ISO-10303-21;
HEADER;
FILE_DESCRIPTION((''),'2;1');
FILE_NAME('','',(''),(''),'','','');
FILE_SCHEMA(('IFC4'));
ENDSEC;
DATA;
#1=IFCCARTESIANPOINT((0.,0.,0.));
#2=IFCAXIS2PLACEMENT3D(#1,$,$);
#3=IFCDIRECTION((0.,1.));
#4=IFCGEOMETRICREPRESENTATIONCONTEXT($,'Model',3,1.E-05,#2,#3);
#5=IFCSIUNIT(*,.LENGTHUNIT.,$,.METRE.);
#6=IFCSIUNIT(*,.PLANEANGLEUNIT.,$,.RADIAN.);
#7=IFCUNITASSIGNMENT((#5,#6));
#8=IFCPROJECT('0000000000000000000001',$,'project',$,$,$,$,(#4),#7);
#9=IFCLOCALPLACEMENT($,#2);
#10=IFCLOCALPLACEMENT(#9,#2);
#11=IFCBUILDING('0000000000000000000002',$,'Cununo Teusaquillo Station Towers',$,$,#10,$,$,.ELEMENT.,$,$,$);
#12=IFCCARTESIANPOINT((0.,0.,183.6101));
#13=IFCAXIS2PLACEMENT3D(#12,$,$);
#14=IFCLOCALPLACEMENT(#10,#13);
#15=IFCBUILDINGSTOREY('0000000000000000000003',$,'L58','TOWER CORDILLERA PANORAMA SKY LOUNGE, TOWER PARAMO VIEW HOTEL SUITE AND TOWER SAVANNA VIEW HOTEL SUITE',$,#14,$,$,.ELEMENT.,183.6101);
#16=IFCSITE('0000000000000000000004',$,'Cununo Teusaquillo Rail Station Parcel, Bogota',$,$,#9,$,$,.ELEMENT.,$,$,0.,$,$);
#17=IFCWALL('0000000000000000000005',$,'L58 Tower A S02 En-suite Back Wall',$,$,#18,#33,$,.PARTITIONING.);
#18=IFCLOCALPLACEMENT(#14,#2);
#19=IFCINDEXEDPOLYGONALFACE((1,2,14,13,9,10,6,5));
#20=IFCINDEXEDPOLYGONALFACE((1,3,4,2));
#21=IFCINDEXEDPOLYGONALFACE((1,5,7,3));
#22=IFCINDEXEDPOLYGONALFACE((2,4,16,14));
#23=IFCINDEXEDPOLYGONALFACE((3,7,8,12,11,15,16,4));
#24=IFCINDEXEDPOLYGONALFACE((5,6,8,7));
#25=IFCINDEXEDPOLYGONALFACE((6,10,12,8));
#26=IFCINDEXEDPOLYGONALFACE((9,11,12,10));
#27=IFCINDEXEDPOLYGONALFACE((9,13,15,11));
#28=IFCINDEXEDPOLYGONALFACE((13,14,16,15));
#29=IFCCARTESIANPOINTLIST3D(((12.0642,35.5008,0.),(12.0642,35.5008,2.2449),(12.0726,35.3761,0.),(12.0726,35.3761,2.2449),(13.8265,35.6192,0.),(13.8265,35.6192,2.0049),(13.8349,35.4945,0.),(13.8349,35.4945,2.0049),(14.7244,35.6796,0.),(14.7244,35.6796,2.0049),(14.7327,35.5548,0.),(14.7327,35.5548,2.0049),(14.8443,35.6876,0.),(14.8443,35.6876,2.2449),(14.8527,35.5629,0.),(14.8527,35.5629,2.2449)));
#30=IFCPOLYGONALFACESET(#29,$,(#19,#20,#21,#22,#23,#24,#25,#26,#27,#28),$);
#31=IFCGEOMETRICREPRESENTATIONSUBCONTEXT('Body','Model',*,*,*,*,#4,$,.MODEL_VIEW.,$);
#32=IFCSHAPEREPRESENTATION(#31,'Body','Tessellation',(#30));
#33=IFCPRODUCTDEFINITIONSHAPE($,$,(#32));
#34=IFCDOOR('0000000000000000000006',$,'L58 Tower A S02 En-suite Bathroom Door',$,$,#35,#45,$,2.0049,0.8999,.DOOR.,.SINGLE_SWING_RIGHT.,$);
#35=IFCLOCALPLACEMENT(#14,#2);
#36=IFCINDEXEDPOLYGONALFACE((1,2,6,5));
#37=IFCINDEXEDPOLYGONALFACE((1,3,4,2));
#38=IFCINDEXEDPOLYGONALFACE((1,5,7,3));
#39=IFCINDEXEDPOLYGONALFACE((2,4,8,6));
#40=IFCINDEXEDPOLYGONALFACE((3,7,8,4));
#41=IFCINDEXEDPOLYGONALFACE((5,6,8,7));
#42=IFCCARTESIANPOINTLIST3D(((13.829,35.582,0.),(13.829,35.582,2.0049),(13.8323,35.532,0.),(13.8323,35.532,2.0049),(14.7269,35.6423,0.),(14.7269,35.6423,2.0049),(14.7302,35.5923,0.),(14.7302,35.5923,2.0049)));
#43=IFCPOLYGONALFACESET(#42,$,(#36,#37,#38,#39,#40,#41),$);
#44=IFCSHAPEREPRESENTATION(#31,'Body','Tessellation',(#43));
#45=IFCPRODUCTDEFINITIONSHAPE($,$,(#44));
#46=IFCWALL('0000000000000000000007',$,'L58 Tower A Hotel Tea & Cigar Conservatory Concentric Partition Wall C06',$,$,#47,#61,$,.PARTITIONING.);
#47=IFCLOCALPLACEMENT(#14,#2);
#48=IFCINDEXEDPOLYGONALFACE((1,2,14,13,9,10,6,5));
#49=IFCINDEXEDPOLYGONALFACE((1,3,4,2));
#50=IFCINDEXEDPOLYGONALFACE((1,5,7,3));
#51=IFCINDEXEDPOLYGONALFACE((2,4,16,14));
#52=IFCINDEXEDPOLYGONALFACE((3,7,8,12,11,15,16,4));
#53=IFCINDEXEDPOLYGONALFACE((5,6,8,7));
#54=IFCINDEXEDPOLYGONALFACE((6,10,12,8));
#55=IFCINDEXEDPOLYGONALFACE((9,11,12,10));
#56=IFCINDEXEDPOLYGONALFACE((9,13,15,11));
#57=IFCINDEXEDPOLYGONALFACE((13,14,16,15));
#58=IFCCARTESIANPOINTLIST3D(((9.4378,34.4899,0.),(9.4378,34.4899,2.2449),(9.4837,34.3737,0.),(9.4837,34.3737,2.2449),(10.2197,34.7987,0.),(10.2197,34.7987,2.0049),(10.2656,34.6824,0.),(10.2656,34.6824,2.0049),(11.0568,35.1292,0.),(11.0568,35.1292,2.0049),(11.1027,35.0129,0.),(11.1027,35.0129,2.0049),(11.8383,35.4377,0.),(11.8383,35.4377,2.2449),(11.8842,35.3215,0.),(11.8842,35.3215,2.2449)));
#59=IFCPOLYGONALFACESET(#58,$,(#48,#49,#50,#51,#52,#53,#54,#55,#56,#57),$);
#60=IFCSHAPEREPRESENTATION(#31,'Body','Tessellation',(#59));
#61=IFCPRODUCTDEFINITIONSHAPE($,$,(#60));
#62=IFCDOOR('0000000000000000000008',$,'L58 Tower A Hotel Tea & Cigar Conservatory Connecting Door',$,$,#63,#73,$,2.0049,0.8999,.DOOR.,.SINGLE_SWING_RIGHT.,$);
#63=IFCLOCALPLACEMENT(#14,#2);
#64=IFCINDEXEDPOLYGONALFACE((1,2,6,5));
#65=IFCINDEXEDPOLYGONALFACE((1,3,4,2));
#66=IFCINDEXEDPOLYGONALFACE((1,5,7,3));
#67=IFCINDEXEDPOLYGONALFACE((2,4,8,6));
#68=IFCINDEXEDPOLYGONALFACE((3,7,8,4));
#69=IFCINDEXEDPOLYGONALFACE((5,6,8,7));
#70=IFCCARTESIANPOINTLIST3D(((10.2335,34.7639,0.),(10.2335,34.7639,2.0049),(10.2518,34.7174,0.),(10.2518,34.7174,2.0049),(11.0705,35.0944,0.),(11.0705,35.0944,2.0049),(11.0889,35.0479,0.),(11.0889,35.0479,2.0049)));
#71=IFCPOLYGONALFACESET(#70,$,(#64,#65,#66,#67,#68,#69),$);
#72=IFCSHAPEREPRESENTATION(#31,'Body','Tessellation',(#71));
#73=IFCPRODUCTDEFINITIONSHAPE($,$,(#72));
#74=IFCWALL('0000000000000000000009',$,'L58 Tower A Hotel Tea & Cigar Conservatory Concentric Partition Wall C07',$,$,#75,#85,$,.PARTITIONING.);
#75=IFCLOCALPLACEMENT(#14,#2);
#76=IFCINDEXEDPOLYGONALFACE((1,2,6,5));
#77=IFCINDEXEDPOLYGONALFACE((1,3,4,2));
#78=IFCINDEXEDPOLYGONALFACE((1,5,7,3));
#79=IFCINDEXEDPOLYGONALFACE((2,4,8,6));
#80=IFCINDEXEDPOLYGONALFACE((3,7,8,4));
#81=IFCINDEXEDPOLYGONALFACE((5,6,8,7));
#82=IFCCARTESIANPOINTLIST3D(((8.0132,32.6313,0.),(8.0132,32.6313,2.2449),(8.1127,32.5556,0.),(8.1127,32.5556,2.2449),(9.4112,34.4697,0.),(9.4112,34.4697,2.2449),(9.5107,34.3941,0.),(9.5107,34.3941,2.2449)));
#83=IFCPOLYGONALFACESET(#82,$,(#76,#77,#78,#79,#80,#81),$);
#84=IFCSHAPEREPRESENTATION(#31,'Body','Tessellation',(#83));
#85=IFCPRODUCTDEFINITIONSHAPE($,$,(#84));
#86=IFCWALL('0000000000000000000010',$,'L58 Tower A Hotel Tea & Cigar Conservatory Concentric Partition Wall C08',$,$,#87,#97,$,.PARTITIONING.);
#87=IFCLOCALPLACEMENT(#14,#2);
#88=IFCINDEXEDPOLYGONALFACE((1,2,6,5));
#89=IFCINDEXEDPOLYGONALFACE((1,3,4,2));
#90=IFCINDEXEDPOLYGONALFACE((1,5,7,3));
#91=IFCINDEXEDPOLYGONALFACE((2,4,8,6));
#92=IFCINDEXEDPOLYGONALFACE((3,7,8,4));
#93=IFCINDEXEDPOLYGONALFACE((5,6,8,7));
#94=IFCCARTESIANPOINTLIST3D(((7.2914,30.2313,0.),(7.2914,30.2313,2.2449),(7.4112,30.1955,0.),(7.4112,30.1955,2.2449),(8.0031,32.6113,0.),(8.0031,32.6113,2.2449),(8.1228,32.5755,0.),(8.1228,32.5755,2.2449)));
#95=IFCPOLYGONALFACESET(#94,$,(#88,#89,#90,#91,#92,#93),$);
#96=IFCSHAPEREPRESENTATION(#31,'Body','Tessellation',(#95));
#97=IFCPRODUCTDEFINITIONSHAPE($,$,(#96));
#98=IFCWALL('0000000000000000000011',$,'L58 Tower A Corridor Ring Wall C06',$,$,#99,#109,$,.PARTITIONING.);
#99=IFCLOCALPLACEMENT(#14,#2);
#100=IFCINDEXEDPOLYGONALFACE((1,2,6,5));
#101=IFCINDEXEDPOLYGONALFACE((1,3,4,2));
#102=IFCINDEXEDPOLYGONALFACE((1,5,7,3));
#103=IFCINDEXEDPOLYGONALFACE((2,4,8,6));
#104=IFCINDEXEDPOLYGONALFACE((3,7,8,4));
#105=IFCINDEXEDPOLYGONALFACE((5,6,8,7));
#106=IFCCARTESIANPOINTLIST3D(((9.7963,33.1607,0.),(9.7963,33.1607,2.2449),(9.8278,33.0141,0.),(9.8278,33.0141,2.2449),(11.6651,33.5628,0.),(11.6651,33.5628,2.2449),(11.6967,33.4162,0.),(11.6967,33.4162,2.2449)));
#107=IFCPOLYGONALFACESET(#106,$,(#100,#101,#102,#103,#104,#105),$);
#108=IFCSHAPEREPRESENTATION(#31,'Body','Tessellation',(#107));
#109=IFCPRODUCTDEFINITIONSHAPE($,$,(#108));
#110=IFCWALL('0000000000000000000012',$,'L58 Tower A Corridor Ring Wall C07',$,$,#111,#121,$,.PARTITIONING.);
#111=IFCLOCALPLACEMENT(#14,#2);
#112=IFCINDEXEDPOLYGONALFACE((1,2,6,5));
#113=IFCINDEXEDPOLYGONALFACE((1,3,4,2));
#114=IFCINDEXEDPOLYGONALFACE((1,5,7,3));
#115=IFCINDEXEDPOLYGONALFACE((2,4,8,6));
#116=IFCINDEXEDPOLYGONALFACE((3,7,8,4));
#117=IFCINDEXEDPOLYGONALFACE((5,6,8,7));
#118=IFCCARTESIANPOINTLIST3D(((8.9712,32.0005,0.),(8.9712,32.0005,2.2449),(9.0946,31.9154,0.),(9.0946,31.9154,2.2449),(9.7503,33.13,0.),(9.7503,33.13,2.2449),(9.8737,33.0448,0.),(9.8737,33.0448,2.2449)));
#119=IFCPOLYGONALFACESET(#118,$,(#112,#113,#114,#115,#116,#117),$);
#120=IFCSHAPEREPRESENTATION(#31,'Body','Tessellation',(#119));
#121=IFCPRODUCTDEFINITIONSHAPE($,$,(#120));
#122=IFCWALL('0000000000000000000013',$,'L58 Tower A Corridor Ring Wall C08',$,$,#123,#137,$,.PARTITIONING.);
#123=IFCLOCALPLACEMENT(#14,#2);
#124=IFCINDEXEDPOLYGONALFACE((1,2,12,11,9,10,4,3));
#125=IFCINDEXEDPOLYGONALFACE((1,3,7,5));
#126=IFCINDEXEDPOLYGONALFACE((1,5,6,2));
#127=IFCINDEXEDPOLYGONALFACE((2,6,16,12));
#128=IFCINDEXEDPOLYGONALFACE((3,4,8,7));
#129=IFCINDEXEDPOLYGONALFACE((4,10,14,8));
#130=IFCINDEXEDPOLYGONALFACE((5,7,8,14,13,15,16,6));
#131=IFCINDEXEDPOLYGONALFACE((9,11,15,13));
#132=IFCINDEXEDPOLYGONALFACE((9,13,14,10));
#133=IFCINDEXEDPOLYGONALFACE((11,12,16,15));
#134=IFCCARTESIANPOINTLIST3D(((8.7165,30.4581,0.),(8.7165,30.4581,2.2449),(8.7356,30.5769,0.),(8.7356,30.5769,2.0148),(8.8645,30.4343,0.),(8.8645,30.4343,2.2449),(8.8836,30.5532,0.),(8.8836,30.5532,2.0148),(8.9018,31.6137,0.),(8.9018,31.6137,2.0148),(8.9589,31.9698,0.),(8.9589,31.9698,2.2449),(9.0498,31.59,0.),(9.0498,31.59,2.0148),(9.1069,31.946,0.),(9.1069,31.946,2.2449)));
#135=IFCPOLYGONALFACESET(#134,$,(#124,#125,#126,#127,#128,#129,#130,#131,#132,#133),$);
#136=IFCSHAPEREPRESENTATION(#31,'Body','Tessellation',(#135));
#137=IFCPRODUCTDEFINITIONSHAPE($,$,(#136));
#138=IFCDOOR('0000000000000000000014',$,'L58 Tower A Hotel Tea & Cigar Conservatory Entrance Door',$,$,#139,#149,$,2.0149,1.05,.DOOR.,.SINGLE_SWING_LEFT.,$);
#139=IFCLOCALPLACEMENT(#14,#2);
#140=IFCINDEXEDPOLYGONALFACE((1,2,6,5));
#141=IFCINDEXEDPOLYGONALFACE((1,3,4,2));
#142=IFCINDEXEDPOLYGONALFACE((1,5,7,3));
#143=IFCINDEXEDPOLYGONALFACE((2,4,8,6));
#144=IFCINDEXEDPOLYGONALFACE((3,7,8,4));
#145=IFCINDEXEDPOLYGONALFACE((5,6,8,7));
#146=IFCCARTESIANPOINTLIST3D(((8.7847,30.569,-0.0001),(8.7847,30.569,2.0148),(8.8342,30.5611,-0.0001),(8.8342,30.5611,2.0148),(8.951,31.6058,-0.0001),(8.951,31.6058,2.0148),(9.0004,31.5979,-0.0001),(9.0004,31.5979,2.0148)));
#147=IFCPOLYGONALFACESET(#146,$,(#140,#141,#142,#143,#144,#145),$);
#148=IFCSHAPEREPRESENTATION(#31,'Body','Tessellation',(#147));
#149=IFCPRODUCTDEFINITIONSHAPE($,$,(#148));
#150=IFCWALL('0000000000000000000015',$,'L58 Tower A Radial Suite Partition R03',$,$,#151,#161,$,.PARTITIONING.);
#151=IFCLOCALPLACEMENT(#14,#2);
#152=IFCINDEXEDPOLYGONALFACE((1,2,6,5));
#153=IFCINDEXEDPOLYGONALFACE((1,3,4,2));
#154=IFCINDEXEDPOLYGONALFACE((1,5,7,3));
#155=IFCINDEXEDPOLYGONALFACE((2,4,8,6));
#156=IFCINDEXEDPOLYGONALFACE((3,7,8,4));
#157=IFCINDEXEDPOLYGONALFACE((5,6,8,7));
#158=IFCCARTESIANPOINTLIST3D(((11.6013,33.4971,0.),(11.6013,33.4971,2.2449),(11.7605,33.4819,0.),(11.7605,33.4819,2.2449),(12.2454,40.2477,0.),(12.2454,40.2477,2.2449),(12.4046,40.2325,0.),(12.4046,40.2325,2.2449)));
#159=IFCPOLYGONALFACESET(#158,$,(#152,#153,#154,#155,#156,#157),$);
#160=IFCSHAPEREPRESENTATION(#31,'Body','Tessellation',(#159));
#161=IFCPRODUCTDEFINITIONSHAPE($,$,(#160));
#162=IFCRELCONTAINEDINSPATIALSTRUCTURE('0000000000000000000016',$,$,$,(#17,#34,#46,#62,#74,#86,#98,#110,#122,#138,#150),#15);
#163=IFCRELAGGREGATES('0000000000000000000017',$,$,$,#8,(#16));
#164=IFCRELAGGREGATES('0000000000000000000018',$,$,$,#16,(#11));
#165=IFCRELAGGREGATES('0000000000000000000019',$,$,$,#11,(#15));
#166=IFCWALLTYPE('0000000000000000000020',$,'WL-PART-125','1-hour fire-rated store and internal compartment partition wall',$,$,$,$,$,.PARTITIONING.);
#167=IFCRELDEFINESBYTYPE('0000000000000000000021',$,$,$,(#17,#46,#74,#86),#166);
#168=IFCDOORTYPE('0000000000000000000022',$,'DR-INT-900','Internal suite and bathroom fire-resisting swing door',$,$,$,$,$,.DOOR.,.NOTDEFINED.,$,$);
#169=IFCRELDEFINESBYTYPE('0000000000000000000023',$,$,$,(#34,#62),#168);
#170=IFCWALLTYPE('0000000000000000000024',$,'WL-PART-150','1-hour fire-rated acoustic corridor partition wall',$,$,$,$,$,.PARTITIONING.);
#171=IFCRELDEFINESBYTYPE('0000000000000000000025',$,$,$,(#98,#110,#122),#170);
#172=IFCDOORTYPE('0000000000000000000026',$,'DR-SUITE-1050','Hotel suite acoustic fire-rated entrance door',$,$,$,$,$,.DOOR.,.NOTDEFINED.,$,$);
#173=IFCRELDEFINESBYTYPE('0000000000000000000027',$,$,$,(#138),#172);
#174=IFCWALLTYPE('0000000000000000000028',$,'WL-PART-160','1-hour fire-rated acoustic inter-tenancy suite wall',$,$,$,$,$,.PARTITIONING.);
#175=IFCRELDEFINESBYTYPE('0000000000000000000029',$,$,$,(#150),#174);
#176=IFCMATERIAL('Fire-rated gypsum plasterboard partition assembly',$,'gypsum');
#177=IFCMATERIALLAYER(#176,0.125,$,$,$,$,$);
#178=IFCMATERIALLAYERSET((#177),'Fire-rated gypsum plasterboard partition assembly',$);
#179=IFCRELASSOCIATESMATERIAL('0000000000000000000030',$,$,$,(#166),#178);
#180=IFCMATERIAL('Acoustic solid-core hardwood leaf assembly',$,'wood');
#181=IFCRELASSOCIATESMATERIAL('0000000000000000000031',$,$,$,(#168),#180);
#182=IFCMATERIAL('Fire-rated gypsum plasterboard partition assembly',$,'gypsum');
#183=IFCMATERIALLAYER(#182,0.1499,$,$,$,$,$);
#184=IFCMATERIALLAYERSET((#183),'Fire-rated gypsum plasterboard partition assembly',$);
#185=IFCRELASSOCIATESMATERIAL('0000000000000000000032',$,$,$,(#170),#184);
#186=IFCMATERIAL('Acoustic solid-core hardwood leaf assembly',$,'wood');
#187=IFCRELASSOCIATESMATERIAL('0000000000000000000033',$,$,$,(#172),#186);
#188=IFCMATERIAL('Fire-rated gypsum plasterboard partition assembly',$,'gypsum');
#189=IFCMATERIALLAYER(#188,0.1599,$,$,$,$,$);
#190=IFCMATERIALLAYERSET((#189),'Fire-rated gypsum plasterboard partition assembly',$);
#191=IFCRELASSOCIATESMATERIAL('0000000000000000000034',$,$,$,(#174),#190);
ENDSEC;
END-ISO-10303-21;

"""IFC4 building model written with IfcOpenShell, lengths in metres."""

from ifc_helpers import new_model, si_unit, direction, frame, frame_2d, origin, place, context, subcontext, project, spatial, rectangle, extrude, source, transform, mapped, material, layer, layer_set, type_object, element, fill, save


model = new_model("IFC4")

# Units and contexts
model_context = context("Model", 3, precision=1e-05, world=origin(), true_north=direction((0.0, 1.0)))
body_context = subcontext(model_context, "Body", "Model", "MODEL_VIEW")
ifc_project = project(units=[si_unit("LENGTHUNIT", "METRE"), si_unit("PLANEANGLEUNIT", "RADIAN")], contexts=[model_context])

# Site, building, storey
site_placement = place(None, origin())
site = spatial("IfcSite", under=ifc_project, at=site_placement, Name="Cununo Teusaquillo Rail Station Parcel, Bogota", CompositionType="ELEMENT", RefElevation=0.0)
building_placement = place(site_placement, origin())
building = spatial("IfcBuilding", under=site, at=building_placement, Name="Cununo Teusaquillo Station Towers", CompositionType="ELEMENT")
storey_placement = place(building_placement, frame((0.0, 0.0, 183.6101)))
storey = spatial("IfcBuildingStorey", under=building, at=storey_placement, Name="L58", Description="TOWER CORDILLERA PANORAMA SKY LOUNGE, TOWER PARAMO VIEW HOTEL SUITE AND TOWER SAVANNA VIEW HOTEL SUITE", CompositionType="ELEMENT", Elevation=183.6101)

# Walls, openings, doors
ifc_material_1 = material(Name="Fire-rated gypsum plasterboard partition assembly", Category="gypsum")
ifc_layer_1 = layer(ifc_material_1, 0.125)
ifc_layer_set_1 = layer_set([ifc_layer_1], Name="Fire-rated gypsum plasterboard partition assembly")
wall_type_1 = type_object("IfcWallType", Name="WL-PART-125", Description="1-hour fire-rated store and internal compartment partition wall", PredefinedType="PARTITIONING", material=ifc_layer_set_1)
wall_1_placement = place(storey_placement, frame((14.8484, 35.6252, 0.0), z_axis=(0.0, 0.0, 1.0), x_axis=(-0.997751, -0.067031, 0.0)))
wall_1 = element("IfcWall", 1, at=wall_1_placement, inside=storey, type_object=wall_type_1, Name="L58 Tower A S02 En-suite Back Wall", PredefinedType="PARTITIONING", context=body_context, shape_type="SweptSolid", body=[
    extrude(rectangle(XDim=2.7864, YDim=0.125, at=frame_2d((1.3931, 0.0))), origin(), (0.0, 0.0, 1.0), 2.2449),
])
shared_shape_1 = source(origin(), body_context, "Body", "SweptSolid", [
    extrude(rectangle(XDim=0.8999, YDim=2.0049, at=frame_2d((0.45, 1.0024))), frame((0.0, 0.0725, 0.0), z_axis=(0.0, -1.0, 0.0), x_axis=(1.0, 0.0, 0.0)), (0.0, 0.0, 1.0), 0.145),
])
opening_1_placement = place(wall_1_placement, frame((0.1201, 0.0, 0.0)))
opening_1 = element("IfcOpeningElement", 2, at=opening_1_placement, cuts=wall_1, PredefinedType="OPENING", context=body_context, shape_type="MappedRepresentation", body=[
    mapped(shared_shape_1, transform((0.0, 0.0, 0.0), x_axis=(1.0, 0.0, 0.0), y_axis=(0.0, 1.0, 0.0), z_axis=(0.0, 0.0, 1.0), scale=1.0)),
])
ifc_material_2 = material(Name="Acoustic solid-core hardwood leaf assembly", Category="wood")
door_type_1 = type_object("IfcDoorType", Name="DR-INT-900", Description="Internal suite and bathroom fire-resisting swing door", OperationType="NOTDEFINED", PredefinedType="DOOR", material=ifc_material_2)
shared_shape_2 = source(origin(), body_context, "Body", "SweptSolid", [
    extrude(rectangle(XDim=0.8999, YDim=2.0049, at=frame_2d((0.45, 1.0024))), frame((0.0, 0.0249, 0.0), z_axis=(0.0, -1.0, 0.0), x_axis=(1.0, 0.0, 0.0)), (0.0, 0.0, 1.0), 0.05),
])
door_1_placement = place(opening_1_placement, origin())
door_1 = element("IfcDoor", 3, at=door_1_placement, inside=storey, type_object=door_type_1, Name="L58 Tower A S02 En-suite Bathroom Door", OperationType="SINGLE_SWING_RIGHT", OverallHeight=2.0049, OverallWidth=0.8999, PredefinedType="DOOR", context=body_context, shape_type="MappedRepresentation", body=[
    mapped(shared_shape_2, transform((0.0, 0.0, 0.0), x_axis=(1.0, 0.0, 0.0), y_axis=(0.0, 1.0, 0.0), z_axis=(0.0, 0.0, 1.0), scale=1.0)),
])
fill(opening_1, door_1)
wall_2_placement = place(storey_placement, frame((11.8613, 35.3796, 0.0), z_axis=(0.0, 0.0, 1.0), x_axis=(-0.930125, -0.367244, 0.0)))
wall_2 = element("IfcWall", 4, at=wall_2_placement, inside=storey, type_object=wall_type_1, Name="L58 Tower A Hotel Tea & Cigar Conservatory Concentric Partition Wall C06", PredefinedType="PARTITIONING", context=body_context, shape_type="SweptSolid", body=[
    extrude(rectangle(XDim=2.5808, YDim=0.125, at=frame_2d((1.2905, 0.0))), origin(), (0.0, 0.0, 1.0), 2.2449),
])
opening_2_placement = place(wall_2_placement, frame((0.8403, 0.0, 0.0)))
opening_2 = element("IfcOpeningElement", 5, at=opening_2_placement, cuts=wall_2, PredefinedType="OPENING", context=body_context, shape_type="MappedRepresentation", body=[
    mapped(shared_shape_1, transform((0.0, 0.0, 0.0), x_axis=(1.0, 0.0, 0.0), y_axis=(0.0, 1.0, 0.0), z_axis=(0.0, 0.0, 1.0), scale=1.0)),
])
door_2_placement = place(opening_2_placement, origin())
door_2 = element("IfcDoor", 6, at=door_2_placement, inside=storey, type_object=door_type_1, Name="L58 Tower A Hotel Tea & Cigar Conservatory Connecting Door", OperationType="SINGLE_SWING_RIGHT", OverallHeight=2.0049, OverallWidth=0.8999, PredefinedType="DOOR", context=body_context, shape_type="MappedRepresentation", body=[
    mapped(shared_shape_2, transform((0.0, 0.0, 0.0), x_axis=(1.0, 0.0, 0.0), y_axis=(0.0, 1.0, 0.0), z_axis=(0.0, 0.0, 1.0), scale=1.0)),
])
fill(opening_2, door_2)

# Walls
wall_3_placement = place(storey_placement, frame((9.4609, 34.4319, 0.0), z_axis=(0.0, 0.0, 1.0), x_axis=(-0.605298, -0.795999, 0.0)))
element("IfcWall", 7, at=wall_3_placement, inside=storey, type_object=wall_type_1, Name="L58 Tower A Hotel Tea & Cigar Conservatory Concentric Partition Wall C07", PredefinedType="PARTITIONING", context=body_context, shape_type="SweptSolid", body=[
    extrude(rectangle(XDim=2.3096, YDim=0.125, at=frame_2d((1.1548, 0.0))), origin(), (0.0, 0.0, 1.0), 2.2449),
])
wall_4_placement = place(storey_placement, frame((8.063, 32.5935, 0.0), z_axis=(0.0, 0.0, 1.0), x_axis=(-0.286473, -0.958088, 0.0)))
element("IfcWall", 8, at=wall_4_placement, inside=storey, type_object=wall_type_1, Name="L58 Tower A Hotel Tea & Cigar Conservatory Concentric Partition Wall C08", PredefinedType="PARTITIONING", context=body_context, shape_type="SweptSolid", body=[
    extrude(rectangle(XDim=2.4841, YDim=0.125, at=frame_2d((1.2422, 0.0))), origin(), (0.0, 0.0, 1.0), 2.2449),
])
ifc_material_3 = material(Name="Fire-rated gypsum plasterboard partition assembly", Category="gypsum")
ifc_layer_2 = layer(ifc_material_3, 0.1499)
ifc_layer_set_2 = layer_set([ifc_layer_2], Name="Fire-rated gypsum plasterboard partition assembly")
wall_type_2 = type_object("IfcWallType", Name="WL-PART-150", Description="1-hour fire-rated acoustic corridor partition wall", PredefinedType="PARTITIONING", material=ifc_layer_set_2)
wall_5_placement = place(storey_placement, frame((11.6809, 33.4895, 0.0), z_axis=(0.0, 0.0, 1.0), x_axis=(-0.977628, -0.21034, 0.0)))
element("IfcWall", 9, at=wall_5_placement, inside=storey, type_object=wall_type_2, Name="L58 Tower A Corridor Ring Wall C06", PredefinedType="PARTITIONING", context=body_context, shape_type="SweptSolid", body=[
    extrude(rectangle(XDim=1.9116, YDim=0.1499, at=frame_2d((0.9558, 0.0))), origin(), (0.0, 0.0, 1.0), 2.2449),
])
wall_6_placement = place(storey_placement, frame((9.812, 33.0874, 0.0), z_axis=(0.0, 0.0, 1.0), x_axis=(-0.567812, -0.823158, 0.0)))
element("IfcWall", 10, at=wall_6_placement, inside=storey, type_object=wall_type_2, Name="L58 Tower A Corridor Ring Wall C07", PredefinedType="PARTITIONING", context=body_context, shape_type="SweptSolid", body=[
    extrude(rectangle(XDim=1.3721, YDim=0.1499, at=frame_2d((0.686, 0.0))), origin(), (0.0, 0.0, 1.0), 2.2449),
])

# Wall, opening, door
wall_7_placement = place(storey_placement, frame((9.033, 31.958, 0.0), z_axis=(0.0, 0.0, 1.0), x_axis=(-0.158345, -0.987384, 0.0)))
wall_7 = element("IfcWall", 11, at=wall_7_placement, inside=storey, type_object=wall_type_2, Name="L58 Tower A Corridor Ring Wall C08", PredefinedType="PARTITIONING", context=body_context, shape_type="SweptSolid", body=[
    extrude(rectangle(XDim=1.531, YDim=0.1499, at=frame_2d((0.7656, 0.0))), origin(), (0.0, 0.0, 1.0), 2.2449),
])
shared_shape_3 = source(origin(), body_context, "Body", "SweptSolid", [
    extrude(rectangle(XDim=1.05, YDim=2.0149, at=frame_2d((0.5249, 1.0073))), frame((0.0, 0.085, 0.0), z_axis=(0.0, -1.0, 0.0), x_axis=(1.0, 0.0, 0.0)), (0.0, 0.0, 1.0), 0.1699),
])
opening_3_placement = place(wall_7_placement, frame((0.3608, 0.0, 0.0)))
opening_3 = element("IfcOpeningElement", 12, at=opening_3_placement, cuts=wall_7, PredefinedType="OPENING", context=body_context, shape_type="MappedRepresentation", body=[
    mapped(shared_shape_3, transform((0.0, 0.0, 0.0), x_axis=(1.0, 0.0, 0.0), y_axis=(0.0, 1.0, 0.0), z_axis=(0.0, 0.0, 1.0), scale=1.0)),
])
ifc_material_4 = material(Name="Acoustic solid-core hardwood leaf assembly", Category="wood")
door_type_2 = type_object("IfcDoorType", Name="DR-SUITE-1050", Description="Hotel suite acoustic fire-rated entrance door", OperationType="NOTDEFINED", PredefinedType="DOOR", material=ifc_material_4)
shared_shape_4 = source(origin(), body_context, "Body", "SweptSolid", [
    extrude(rectangle(XDim=1.05, YDim=2.0149, at=frame_2d((0.5249, 1.0073))), frame((0.0, 0.0249, 0.0), z_axis=(0.0, -1.0, 0.0), x_axis=(1.0, 0.0, 0.0)), (0.0, 0.0, 1.0), 0.05),
])
door_3_placement = place(opening_3_placement, origin())
door_3 = element("IfcDoor", 13, at=door_3_placement, inside=storey, type_object=door_type_2, Name="L58 Tower A Hotel Tea & Cigar Conservatory Entrance Door", OperationType="SINGLE_SWING_LEFT", OverallHeight=2.0149, OverallWidth=1.05, PredefinedType="DOOR", context=body_context, shape_type="MappedRepresentation", body=[
    mapped(shared_shape_4, transform((0.0, 0.0, 0.0), x_axis=(1.0, 0.0, 0.0), y_axis=(0.0, 1.0, 0.0), z_axis=(0.0, 0.0, 1.0), scale=1.0)),
])
fill(opening_3, door_3)

# Wall
ifc_material_5 = material(Name="Fire-rated gypsum plasterboard partition assembly", Category="gypsum")
ifc_layer_3 = layer(ifc_material_5, 0.1599)
ifc_layer_set_3 = layer_set([ifc_layer_3], Name="Fire-rated gypsum plasterboard partition assembly")
wall_type_3 = type_object("IfcWallType", Name="WL-PART-160", Description="1-hour fire-rated acoustic inter-tenancy suite wall", PredefinedType="PARTITIONING", material=ifc_layer_set_3)
wall_8_placement = place(storey_placement, frame((11.6809, 33.4895, 0.0), z_axis=(0.0, 0.0, 1.0), x_axis=(0.094976, 0.99548, 0.0)))
element("IfcWall", 14, at=wall_8_placement, inside=storey, type_object=wall_type_3, Name="L58 Tower A Radial Suite Partition R03", PredefinedType="PARTITIONING", context=body_context, shape_type="SweptSolid", body=[
    extrude(rectangle(XDim=6.7812, YDim=0.1599, at=frame_2d((3.3906, 0.0))), origin(), (0.0, 0.0, 1.0), 2.2449),
])

save(model, "model.ifc")
